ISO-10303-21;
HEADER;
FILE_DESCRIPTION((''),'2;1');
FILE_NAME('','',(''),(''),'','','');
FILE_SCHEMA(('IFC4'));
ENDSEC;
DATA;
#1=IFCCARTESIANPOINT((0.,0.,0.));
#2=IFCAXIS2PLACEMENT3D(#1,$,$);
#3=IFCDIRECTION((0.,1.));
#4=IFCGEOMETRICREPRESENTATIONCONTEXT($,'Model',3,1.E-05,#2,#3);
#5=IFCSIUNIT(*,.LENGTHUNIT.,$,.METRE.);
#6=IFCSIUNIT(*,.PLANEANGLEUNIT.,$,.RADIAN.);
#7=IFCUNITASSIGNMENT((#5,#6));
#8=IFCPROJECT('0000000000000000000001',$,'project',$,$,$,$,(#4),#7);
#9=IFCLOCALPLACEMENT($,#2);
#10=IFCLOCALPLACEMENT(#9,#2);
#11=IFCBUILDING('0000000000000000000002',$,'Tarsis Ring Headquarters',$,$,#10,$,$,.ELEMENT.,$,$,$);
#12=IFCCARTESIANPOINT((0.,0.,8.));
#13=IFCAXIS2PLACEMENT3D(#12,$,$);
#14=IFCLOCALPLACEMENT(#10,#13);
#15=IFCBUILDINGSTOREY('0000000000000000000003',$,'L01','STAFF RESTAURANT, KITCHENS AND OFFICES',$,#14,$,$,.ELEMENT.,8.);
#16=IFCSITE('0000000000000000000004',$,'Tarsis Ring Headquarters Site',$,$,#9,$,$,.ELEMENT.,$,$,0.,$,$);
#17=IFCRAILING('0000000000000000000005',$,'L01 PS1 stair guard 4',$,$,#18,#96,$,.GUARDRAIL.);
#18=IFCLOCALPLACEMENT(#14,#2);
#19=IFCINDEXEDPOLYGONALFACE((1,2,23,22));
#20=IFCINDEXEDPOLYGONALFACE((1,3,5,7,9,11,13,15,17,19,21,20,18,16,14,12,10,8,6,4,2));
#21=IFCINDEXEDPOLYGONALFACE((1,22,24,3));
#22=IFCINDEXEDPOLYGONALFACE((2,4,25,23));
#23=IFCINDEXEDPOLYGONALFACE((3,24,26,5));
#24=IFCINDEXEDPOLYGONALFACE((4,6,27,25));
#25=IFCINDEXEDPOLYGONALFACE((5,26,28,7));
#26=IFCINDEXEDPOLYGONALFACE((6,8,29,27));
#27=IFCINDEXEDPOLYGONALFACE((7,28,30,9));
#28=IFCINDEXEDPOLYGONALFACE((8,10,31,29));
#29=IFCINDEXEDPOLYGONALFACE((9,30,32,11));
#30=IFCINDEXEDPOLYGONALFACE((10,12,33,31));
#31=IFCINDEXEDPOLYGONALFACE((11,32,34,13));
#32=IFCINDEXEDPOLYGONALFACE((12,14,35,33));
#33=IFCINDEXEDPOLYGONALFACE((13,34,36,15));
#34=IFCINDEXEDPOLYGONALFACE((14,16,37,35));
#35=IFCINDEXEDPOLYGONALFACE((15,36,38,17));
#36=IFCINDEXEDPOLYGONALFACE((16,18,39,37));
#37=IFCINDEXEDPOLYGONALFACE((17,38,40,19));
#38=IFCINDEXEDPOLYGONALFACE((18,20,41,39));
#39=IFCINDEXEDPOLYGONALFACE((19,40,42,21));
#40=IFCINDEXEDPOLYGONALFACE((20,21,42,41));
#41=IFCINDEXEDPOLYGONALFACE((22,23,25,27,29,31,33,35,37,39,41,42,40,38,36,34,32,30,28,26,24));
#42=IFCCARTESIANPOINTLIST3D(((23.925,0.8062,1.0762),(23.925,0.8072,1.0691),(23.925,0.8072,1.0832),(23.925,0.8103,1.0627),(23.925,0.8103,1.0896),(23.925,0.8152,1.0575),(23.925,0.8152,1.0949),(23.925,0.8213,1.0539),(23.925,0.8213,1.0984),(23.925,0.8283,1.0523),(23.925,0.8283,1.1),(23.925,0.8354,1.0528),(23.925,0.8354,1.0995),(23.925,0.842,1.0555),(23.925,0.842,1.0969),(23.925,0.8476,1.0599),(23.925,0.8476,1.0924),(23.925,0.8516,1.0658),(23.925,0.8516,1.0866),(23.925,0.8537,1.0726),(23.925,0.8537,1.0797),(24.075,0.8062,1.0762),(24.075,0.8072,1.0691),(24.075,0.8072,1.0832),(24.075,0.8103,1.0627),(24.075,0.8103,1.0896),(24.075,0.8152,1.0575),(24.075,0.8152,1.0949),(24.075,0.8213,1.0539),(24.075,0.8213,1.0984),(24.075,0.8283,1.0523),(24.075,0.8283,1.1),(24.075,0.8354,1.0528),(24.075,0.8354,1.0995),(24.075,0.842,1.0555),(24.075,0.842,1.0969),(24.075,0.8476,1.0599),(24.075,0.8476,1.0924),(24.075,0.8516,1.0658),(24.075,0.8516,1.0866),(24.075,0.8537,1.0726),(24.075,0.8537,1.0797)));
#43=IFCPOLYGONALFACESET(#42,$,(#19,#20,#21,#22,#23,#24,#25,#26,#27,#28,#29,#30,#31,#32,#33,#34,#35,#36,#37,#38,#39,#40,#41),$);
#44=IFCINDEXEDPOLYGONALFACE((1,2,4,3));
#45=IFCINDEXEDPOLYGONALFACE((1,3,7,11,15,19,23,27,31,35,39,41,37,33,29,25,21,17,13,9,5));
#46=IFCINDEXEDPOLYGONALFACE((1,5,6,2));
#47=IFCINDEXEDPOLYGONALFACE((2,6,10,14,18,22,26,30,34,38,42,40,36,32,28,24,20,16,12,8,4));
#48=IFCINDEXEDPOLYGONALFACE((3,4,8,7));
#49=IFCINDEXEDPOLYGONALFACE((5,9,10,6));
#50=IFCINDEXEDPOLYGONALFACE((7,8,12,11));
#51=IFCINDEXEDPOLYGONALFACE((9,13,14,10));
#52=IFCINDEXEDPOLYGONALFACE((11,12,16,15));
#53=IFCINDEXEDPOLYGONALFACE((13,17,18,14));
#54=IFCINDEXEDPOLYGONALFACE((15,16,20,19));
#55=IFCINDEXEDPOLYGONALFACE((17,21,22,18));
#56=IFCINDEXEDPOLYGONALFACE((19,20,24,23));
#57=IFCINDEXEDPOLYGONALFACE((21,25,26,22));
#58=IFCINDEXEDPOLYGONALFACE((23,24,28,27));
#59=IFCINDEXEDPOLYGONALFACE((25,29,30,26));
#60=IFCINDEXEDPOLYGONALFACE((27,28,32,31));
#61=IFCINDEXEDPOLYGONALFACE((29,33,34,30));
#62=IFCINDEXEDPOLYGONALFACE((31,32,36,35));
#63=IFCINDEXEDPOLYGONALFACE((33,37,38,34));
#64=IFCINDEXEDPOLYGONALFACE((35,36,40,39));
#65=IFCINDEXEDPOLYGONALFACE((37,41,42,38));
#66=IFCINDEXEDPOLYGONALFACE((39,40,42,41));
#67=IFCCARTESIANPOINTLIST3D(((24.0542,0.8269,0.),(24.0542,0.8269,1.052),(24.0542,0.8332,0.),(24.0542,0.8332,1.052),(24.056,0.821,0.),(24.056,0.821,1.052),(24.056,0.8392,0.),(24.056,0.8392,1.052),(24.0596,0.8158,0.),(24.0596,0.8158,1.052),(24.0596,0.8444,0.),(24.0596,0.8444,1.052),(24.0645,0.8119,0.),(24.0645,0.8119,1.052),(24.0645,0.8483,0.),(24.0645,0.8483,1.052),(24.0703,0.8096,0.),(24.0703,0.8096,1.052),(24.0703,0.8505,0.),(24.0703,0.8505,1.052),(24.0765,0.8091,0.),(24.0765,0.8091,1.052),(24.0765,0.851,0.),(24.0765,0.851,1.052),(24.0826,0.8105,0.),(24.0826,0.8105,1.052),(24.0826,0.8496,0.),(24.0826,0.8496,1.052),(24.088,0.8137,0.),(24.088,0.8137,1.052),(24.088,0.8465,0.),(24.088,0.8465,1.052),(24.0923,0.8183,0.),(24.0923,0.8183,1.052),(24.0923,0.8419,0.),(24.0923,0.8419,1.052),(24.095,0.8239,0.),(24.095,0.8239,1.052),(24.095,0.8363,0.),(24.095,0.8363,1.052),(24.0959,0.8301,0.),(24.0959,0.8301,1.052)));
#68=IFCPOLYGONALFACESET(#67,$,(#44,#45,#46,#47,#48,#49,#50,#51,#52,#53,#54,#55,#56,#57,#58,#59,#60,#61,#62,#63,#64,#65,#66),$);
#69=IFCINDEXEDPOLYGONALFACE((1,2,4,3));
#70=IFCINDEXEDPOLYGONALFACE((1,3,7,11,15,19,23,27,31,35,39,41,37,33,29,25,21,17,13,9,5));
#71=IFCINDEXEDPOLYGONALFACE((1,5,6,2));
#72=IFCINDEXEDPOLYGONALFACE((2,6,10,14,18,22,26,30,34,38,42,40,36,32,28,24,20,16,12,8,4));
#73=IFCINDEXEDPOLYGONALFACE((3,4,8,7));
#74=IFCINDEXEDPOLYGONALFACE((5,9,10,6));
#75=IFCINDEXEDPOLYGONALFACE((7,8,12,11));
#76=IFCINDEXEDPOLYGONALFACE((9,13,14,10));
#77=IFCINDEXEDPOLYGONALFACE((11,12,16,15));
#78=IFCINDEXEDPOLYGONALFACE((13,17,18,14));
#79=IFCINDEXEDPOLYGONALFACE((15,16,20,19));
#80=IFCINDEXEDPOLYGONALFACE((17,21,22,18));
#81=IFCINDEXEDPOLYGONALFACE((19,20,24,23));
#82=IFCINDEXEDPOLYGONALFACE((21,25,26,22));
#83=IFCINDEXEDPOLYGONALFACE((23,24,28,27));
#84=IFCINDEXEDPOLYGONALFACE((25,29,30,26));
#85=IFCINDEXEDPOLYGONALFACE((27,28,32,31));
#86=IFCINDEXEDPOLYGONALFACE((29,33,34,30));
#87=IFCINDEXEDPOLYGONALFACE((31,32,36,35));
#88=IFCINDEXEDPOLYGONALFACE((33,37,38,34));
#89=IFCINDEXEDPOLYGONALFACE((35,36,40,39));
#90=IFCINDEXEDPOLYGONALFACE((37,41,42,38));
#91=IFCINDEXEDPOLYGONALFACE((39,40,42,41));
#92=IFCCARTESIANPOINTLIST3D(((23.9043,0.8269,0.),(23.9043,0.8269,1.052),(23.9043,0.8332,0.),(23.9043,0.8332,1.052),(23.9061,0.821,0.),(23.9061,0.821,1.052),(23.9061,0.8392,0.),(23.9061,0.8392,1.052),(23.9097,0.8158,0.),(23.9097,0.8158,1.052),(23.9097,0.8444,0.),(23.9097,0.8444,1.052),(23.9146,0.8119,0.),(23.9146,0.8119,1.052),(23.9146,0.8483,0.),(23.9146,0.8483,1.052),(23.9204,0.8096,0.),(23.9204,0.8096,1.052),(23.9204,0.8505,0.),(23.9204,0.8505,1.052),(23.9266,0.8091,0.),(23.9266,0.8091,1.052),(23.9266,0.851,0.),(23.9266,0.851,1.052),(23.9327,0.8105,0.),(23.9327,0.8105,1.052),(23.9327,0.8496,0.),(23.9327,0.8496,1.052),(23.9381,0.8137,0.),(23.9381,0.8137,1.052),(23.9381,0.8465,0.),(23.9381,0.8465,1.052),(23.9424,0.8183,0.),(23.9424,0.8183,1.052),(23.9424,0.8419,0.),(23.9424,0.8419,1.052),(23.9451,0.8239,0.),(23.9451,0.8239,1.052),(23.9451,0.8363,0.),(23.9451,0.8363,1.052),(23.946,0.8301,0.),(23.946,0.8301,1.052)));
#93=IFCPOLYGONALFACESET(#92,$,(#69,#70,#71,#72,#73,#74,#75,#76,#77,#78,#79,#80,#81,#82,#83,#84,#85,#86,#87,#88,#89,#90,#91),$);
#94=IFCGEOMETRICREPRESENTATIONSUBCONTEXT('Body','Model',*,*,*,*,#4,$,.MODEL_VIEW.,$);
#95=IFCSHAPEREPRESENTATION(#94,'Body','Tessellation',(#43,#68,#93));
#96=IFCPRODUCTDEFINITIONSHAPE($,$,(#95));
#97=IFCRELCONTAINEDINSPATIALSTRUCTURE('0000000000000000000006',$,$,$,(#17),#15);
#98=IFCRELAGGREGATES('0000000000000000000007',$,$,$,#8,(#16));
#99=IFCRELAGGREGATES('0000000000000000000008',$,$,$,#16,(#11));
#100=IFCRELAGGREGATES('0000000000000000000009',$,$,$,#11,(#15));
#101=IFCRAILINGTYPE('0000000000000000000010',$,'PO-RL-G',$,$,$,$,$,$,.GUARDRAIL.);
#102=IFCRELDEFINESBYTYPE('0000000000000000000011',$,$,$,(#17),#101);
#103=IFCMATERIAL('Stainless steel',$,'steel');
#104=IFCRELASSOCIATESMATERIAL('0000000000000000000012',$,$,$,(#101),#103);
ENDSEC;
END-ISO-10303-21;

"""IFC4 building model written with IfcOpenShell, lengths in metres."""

from ifc_helpers import new_model, si_unit, direction, frame, origin, origin_2d, place, context, subcontext, project, spatial, circle, extrude, material, type_object, element, save


model = new_model("IFC4")

# Units and contexts
model_context = context("Model", 3, precision=1e-05, world=origin(), true_north=direction((0.0, 1.0)))
body_context = subcontext(model_context, "Body", "Model", "MODEL_VIEW")
ifc_project = project(units=[si_unit("LENGTHUNIT", "METRE"), si_unit("PLANEANGLEUNIT", "RADIAN")], contexts=[model_context])

# Site, building, storey
site_placement = place(None, origin())
site = spatial("IfcSite", under=ifc_project, at=site_placement, Name="Tarsis Ring Headquarters Site", CompositionType="ELEMENT", RefElevation=0.0)
building_placement = place(site_placement, origin())
building = spatial("IfcBuilding", under=site, at=building_placement, Name="Tarsis Ring Headquarters", CompositionType="ELEMENT")
storey_placement = place(building_placement, frame((0.0, 0.0, 8.0)))
storey = spatial("IfcBuildingStorey", under=building, at=storey_placement, Name="L01", Description="STAFF RESTAURANT, KITCHENS AND OFFICES", CompositionType="ELEMENT", Elevation=8.0)

# Railing
ifc_material_1 = material(Name="Stainless steel", Category="steel")
railing_type_1 = type_object("IfcRailingType", Name="PO-RL-G", PredefinedType="GUARDRAIL", material=ifc_material_1)
railing_1_placement = place(storey_placement, frame((24.075, 0.8301, 0.0)))
element("IfcRailing", 1, at=railing_1_placement, inside=storey, type_object=railing_type_1, Name="L01 PS1 stair guard 4", PredefinedType="GUARDRAIL", context=body_context, shape_type="SweptSolid", body=[
    extrude(circle(Radius=0.0239, at=origin_2d()), frame((0.0, 0.0, 1.0762), z_axis=(-1.0, 0.0, 0.0), x_axis=(0.0, -1.0, 0.0)), (0.0, 0.0, 1.0), 0.1499),
    extrude(circle(Radius=0.021, at=origin_2d()), origin(), (0.0, 0.0, 1.0), 1.052),
    extrude(circle(Radius=0.021, at=origin_2d()), frame((-0.1499, 0.0, 0.0)), (0.0, 0.0, 1.0), 1.052),
])

save(model, "model.ifc")
